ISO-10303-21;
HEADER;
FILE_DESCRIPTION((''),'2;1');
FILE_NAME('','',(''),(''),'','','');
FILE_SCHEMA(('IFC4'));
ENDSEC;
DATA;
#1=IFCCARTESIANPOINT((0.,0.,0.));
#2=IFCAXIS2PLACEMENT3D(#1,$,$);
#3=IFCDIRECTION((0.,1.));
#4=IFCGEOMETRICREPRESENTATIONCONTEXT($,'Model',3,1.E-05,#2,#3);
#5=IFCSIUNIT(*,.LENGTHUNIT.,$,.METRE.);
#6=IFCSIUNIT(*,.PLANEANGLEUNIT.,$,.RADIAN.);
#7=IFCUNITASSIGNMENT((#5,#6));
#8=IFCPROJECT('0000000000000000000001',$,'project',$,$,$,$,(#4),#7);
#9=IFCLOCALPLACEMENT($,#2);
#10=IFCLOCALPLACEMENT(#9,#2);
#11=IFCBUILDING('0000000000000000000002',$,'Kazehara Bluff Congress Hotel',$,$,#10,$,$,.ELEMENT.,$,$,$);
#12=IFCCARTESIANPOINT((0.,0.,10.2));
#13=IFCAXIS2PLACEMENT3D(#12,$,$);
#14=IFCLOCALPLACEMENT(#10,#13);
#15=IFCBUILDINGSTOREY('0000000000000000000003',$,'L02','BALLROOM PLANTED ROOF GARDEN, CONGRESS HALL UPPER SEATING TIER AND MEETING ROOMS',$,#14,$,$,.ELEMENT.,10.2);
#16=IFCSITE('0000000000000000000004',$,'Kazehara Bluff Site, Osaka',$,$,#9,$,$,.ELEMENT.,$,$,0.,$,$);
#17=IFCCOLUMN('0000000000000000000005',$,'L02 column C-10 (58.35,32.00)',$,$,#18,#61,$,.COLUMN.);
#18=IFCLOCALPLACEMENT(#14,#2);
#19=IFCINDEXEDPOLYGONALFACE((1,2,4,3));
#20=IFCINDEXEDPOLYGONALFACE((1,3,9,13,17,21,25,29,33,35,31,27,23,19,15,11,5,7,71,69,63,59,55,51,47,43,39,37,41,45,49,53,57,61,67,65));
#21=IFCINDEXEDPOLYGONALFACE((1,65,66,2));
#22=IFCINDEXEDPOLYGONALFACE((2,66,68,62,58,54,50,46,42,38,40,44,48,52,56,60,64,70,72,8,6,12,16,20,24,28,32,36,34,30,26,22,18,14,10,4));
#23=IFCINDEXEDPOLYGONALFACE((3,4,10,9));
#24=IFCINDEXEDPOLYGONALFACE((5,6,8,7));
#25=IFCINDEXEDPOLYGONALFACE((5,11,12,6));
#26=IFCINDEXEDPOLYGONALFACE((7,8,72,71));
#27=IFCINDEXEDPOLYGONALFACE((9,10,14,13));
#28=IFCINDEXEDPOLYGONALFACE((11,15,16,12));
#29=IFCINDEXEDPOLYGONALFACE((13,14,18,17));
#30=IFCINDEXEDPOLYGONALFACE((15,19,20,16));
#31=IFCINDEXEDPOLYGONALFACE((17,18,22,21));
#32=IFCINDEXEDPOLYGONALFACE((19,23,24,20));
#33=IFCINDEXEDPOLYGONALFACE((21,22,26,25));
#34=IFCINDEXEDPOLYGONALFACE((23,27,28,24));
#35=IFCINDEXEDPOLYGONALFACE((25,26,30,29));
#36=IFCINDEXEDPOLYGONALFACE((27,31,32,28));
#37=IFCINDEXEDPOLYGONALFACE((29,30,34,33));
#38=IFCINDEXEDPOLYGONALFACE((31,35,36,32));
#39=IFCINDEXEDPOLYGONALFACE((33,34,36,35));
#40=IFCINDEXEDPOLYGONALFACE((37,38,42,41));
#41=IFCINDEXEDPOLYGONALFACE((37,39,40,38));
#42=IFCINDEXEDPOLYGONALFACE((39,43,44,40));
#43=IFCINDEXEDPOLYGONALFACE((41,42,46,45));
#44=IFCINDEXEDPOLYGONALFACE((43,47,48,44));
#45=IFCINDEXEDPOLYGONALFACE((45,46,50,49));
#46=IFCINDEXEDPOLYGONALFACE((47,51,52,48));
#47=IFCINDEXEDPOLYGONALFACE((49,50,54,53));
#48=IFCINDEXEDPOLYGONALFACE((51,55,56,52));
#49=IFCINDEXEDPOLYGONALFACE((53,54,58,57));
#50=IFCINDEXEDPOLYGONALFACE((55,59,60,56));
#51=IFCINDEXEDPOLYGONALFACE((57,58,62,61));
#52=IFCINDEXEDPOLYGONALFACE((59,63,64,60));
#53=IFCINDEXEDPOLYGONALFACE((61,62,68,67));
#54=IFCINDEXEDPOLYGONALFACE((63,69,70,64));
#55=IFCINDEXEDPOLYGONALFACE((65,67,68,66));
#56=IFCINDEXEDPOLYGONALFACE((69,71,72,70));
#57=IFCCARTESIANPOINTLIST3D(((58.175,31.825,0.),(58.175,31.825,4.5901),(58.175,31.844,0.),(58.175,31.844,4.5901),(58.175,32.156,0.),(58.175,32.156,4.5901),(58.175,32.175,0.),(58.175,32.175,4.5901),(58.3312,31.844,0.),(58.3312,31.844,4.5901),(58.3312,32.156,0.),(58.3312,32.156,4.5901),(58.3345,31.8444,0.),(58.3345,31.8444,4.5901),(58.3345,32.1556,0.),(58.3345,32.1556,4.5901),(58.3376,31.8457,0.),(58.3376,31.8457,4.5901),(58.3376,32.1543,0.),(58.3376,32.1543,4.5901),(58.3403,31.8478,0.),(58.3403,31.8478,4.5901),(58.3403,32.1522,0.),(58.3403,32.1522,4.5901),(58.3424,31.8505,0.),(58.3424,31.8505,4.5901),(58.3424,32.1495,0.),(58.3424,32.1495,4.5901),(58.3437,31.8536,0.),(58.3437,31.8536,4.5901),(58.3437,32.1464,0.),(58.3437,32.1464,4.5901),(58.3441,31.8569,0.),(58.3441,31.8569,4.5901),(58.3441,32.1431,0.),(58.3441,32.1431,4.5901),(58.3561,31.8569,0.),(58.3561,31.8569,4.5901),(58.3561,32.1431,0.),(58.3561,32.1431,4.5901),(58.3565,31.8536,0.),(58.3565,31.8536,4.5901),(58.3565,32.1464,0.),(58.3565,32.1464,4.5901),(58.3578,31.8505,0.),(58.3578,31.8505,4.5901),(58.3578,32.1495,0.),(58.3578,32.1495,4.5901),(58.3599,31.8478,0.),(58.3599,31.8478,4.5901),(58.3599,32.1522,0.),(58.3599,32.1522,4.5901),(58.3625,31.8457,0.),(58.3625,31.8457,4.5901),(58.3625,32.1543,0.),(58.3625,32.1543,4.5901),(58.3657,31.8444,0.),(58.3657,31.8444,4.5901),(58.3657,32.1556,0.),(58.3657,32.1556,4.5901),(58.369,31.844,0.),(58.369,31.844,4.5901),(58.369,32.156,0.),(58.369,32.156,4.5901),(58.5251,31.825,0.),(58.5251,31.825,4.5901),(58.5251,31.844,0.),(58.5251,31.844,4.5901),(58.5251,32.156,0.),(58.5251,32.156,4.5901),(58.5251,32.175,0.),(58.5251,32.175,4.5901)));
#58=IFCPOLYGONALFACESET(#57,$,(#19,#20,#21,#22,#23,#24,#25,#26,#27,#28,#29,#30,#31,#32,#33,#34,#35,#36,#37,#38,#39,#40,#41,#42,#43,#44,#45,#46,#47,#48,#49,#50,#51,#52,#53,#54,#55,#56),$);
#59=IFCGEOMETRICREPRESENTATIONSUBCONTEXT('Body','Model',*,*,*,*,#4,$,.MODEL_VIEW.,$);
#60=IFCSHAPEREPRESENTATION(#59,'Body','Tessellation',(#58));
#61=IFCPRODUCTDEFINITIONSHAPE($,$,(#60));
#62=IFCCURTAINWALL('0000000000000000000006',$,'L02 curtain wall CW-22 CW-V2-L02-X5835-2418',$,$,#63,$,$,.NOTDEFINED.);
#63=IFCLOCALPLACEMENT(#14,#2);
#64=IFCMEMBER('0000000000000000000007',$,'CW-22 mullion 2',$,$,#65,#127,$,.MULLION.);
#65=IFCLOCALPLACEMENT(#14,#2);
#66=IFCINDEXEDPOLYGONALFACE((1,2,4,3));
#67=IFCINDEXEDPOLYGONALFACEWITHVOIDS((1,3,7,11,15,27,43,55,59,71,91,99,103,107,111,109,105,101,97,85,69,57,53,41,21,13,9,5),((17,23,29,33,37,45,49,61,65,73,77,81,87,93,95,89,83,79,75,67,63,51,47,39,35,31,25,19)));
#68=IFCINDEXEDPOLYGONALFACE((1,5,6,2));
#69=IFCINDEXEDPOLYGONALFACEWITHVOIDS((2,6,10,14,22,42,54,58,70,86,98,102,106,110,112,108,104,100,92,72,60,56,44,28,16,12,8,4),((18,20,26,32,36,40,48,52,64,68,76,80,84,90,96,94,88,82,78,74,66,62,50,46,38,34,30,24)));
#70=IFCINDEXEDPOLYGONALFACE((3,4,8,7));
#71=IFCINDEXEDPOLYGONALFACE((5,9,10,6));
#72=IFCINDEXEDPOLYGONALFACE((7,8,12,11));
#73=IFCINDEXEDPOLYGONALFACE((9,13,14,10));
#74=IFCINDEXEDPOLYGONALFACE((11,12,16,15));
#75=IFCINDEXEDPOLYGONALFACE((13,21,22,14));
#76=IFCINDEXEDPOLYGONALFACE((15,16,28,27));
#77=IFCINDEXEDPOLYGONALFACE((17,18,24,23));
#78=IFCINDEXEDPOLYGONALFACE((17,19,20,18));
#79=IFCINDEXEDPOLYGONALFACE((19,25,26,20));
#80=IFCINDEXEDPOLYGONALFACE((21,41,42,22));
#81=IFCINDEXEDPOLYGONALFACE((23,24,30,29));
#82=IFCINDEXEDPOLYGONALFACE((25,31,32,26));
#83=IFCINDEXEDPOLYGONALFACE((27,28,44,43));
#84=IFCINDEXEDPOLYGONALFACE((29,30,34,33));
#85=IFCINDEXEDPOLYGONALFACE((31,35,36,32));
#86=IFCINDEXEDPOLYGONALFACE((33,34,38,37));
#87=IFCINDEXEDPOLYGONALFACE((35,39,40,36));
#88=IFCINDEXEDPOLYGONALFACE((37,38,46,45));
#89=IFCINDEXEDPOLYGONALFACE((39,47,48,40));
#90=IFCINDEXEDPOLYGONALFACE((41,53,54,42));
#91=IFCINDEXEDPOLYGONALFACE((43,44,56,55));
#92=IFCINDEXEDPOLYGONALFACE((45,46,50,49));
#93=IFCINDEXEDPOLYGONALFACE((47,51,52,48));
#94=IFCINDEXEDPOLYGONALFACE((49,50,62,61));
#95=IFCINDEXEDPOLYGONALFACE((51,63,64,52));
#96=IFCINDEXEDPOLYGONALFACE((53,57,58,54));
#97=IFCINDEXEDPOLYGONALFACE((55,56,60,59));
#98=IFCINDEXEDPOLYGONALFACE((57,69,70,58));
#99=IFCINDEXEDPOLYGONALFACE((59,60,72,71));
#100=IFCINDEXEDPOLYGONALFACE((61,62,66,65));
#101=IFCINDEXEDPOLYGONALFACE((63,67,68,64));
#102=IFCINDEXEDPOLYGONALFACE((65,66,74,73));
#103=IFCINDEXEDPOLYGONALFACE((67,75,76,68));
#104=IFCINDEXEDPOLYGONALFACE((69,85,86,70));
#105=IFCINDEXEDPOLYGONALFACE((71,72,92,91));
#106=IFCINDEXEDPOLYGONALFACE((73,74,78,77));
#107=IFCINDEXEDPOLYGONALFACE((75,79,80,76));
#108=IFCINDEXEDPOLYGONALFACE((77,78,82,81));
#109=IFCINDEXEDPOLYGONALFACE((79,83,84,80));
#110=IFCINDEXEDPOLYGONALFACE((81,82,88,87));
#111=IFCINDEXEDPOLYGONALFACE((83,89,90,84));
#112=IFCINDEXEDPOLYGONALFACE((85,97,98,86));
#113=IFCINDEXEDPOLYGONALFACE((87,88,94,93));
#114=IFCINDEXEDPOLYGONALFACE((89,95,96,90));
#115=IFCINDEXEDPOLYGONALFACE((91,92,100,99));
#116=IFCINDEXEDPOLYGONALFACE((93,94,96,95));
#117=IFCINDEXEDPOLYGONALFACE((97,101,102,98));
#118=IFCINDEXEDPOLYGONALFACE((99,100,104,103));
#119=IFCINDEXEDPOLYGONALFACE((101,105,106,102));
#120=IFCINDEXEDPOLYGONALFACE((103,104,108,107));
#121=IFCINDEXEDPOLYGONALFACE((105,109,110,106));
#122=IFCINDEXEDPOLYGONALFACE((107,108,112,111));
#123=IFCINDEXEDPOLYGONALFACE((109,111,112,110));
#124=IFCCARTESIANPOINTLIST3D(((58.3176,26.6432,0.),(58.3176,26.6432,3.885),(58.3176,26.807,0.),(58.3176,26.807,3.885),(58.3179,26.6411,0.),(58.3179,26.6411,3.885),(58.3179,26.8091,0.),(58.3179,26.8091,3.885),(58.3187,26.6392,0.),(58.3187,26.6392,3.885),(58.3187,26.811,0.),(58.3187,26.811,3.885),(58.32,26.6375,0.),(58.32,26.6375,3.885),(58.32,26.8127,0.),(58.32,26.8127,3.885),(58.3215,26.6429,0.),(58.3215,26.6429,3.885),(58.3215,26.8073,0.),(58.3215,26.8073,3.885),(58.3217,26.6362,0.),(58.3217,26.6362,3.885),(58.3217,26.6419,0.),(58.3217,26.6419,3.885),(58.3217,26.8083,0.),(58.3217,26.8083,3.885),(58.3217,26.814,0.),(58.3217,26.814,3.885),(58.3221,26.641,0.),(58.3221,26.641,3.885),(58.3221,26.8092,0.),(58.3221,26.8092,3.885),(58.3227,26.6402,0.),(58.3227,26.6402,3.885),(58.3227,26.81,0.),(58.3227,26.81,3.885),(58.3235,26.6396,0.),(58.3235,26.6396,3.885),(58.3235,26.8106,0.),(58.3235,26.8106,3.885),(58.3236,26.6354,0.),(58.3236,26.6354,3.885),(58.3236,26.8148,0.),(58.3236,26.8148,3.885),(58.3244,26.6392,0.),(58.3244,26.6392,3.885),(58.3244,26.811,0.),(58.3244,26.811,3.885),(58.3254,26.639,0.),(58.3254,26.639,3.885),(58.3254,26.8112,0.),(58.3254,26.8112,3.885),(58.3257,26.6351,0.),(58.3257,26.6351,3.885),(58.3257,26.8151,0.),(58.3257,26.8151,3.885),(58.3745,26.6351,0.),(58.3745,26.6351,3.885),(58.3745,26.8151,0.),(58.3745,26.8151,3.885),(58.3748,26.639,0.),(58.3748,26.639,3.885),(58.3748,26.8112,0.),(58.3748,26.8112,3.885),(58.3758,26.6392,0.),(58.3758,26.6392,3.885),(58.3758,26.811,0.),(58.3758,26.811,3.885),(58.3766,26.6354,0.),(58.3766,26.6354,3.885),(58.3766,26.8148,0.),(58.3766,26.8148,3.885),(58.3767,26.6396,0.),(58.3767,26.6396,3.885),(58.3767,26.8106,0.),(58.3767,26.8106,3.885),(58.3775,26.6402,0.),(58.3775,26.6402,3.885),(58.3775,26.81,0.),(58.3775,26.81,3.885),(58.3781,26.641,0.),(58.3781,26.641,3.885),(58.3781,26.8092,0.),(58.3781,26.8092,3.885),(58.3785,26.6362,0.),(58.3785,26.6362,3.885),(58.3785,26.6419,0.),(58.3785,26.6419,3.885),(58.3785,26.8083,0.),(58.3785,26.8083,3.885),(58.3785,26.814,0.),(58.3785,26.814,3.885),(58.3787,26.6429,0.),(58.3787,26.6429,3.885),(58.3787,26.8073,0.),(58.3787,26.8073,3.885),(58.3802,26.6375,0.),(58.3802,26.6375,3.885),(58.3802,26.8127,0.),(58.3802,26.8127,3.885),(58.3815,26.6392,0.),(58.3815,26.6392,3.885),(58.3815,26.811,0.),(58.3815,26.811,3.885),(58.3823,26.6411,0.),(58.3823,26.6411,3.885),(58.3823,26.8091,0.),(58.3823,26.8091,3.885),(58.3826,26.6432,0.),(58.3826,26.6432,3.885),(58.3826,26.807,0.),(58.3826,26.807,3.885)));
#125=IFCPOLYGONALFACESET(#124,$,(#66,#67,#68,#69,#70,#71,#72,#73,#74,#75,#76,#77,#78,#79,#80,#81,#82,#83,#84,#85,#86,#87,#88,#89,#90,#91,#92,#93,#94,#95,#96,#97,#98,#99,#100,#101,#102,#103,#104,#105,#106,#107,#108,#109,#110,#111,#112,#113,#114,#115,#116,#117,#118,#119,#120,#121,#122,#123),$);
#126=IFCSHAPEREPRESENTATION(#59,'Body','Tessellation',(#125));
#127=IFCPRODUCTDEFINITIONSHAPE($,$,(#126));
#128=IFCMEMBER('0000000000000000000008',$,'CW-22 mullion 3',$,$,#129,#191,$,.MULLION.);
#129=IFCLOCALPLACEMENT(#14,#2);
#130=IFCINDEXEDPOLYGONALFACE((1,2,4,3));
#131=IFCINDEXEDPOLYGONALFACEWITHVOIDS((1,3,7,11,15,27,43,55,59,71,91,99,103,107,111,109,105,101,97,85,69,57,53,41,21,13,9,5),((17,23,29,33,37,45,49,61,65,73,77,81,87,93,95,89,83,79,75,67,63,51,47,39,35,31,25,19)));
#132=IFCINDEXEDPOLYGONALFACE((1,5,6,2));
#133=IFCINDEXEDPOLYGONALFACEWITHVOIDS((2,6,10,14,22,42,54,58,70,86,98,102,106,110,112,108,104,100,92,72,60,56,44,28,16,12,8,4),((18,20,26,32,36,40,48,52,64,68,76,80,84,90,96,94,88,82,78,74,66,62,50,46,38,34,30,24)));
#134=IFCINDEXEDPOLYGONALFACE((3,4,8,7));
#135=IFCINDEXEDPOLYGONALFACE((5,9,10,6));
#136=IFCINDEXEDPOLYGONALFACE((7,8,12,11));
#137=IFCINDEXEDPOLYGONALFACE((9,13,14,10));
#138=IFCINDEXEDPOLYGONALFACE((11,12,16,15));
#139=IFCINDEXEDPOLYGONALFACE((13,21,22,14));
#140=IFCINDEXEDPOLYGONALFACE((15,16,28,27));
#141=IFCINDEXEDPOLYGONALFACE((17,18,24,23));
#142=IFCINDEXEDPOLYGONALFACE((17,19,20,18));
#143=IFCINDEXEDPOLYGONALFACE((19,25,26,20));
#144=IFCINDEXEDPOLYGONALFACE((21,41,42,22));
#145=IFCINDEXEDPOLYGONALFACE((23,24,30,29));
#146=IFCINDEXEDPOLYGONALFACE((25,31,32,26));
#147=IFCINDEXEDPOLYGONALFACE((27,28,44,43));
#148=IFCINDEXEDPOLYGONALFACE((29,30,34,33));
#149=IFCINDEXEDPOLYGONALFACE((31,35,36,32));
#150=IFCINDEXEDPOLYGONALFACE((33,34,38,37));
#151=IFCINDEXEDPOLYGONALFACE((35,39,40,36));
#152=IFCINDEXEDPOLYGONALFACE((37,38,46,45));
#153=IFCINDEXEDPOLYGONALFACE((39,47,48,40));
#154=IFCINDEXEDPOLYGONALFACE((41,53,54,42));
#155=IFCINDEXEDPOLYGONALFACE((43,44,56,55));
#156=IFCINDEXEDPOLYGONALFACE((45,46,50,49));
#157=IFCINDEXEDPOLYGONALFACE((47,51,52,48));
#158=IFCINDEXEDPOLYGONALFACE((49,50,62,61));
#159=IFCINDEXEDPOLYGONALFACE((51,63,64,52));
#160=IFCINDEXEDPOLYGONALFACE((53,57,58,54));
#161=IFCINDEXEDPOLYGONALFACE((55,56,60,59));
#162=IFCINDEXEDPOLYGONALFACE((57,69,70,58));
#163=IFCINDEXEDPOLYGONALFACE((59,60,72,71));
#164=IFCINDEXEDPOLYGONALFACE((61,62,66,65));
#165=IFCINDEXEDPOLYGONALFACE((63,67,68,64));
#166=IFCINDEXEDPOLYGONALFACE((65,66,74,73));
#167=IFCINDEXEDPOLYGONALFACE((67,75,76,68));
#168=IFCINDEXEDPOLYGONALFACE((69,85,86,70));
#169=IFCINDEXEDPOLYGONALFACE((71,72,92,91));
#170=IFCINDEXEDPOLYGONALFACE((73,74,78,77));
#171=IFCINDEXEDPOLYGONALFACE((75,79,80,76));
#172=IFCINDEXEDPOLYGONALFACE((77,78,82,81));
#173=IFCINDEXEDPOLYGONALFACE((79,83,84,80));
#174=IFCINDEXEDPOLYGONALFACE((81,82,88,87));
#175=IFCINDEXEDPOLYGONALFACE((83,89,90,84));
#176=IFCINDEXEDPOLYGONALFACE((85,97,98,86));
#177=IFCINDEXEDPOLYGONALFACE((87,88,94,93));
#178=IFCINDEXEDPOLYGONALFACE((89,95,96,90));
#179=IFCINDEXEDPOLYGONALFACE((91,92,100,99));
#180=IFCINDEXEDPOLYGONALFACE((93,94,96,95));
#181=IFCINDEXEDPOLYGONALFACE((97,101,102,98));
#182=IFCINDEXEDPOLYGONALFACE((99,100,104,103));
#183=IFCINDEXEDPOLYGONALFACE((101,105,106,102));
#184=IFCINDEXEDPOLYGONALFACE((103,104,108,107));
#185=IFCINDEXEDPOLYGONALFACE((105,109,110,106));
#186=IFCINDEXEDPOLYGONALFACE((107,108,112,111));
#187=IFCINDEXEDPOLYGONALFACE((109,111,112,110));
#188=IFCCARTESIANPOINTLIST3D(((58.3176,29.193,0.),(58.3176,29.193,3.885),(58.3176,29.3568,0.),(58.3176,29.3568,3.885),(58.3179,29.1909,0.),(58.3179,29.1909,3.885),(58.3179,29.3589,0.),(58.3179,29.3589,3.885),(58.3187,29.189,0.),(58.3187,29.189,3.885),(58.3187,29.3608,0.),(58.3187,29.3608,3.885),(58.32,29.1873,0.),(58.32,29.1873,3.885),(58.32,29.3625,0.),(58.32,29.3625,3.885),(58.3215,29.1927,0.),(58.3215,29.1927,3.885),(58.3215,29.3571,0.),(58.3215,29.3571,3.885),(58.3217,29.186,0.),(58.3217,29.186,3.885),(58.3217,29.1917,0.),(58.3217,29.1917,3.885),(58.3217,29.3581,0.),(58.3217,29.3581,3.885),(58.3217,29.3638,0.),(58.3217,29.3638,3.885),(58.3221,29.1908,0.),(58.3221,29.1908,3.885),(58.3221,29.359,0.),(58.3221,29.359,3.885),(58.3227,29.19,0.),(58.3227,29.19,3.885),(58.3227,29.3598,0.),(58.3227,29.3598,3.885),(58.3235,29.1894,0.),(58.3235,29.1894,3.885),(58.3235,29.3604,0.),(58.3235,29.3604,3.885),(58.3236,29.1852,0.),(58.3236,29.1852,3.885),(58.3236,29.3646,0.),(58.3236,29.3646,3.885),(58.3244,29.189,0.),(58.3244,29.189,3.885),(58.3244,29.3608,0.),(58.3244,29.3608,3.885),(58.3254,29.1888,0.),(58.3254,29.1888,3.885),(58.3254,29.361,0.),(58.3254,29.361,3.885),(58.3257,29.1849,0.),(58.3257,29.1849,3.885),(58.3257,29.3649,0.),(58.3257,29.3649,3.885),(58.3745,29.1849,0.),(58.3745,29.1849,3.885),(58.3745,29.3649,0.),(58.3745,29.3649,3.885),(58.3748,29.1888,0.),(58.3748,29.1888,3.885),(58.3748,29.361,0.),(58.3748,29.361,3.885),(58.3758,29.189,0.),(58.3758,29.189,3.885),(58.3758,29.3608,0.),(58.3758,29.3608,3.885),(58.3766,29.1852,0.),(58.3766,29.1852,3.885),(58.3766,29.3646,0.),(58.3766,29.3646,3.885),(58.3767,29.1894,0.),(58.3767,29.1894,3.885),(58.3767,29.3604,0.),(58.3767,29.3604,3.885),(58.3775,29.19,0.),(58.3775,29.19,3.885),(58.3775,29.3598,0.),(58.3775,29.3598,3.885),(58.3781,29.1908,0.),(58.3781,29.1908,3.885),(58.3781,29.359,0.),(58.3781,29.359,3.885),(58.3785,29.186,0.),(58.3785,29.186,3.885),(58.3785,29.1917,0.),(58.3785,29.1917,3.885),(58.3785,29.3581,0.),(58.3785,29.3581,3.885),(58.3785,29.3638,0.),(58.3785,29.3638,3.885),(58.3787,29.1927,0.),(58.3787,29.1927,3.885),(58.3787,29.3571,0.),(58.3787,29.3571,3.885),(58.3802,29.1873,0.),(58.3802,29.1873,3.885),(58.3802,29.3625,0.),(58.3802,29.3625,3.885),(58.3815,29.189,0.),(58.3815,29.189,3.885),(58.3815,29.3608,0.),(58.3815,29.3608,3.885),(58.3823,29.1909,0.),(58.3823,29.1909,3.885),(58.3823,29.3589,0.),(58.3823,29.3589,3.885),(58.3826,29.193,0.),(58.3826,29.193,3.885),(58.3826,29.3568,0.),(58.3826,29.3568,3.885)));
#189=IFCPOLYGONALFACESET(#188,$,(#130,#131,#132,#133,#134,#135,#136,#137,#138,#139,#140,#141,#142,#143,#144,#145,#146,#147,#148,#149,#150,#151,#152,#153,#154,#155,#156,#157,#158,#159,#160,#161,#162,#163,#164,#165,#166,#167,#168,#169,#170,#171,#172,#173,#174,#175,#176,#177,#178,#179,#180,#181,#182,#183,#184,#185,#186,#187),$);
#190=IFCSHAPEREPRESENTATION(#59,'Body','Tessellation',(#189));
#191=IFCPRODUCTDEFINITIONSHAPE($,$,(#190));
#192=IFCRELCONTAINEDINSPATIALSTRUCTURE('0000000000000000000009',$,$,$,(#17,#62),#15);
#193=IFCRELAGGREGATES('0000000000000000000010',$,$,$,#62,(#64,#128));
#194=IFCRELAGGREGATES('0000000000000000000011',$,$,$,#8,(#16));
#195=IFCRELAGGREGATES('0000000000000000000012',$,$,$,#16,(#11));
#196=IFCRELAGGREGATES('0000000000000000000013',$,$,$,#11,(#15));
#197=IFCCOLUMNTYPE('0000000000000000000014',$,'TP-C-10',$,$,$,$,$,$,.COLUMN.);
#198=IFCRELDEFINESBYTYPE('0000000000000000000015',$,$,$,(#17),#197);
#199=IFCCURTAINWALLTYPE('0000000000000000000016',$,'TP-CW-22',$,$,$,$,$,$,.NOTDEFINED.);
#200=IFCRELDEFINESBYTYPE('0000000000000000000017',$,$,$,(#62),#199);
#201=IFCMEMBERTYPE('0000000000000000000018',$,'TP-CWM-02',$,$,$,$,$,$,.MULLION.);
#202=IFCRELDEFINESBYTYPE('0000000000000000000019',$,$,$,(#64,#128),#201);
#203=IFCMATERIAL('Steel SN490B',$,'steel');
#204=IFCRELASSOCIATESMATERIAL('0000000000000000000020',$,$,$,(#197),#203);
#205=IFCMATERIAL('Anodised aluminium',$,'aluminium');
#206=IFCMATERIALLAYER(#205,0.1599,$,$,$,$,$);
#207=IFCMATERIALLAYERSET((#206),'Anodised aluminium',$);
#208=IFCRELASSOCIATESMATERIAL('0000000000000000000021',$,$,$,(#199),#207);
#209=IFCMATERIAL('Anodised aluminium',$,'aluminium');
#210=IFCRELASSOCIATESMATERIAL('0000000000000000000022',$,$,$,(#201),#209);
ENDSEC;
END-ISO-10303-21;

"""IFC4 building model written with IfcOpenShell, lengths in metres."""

from ifc_helpers import new_model, si_unit, direction, frame, origin, origin_2d, place, context, subcontext, project, spatial, hollow_rectangle, i_section, extrude, material, layer, layer_set, material_profile, profile_set, type_object, element, aggregate, save


model = new_model("IFC4")

# Units and contexts
model_context = context("Model", 3, precision=1e-05, world=origin(), true_north=direction((0.0, 1.0)))
body_context = subcontext(model_context, "Body", "Model", "MODEL_VIEW")
ifc_project = project(units=[si_unit("LENGTHUNIT", "METRE"), si_unit("PLANEANGLEUNIT", "RADIAN")], contexts=[model_context])

# Site, building, storey
site_placement = place(None, origin())
site = spatial("IfcSite", under=ifc_project, at=site_placement, Name="Kazehara Bluff Site, Osaka", CompositionType="ELEMENT", RefElevation=0.0)
building_placement = place(site_placement, origin())
building = spatial("IfcBuilding", under=site, at=building_placement, Name="Kazehara Bluff Congress Hotel", CompositionType="ELEMENT")
storey_placement = place(building_placement, frame((0.0, 0.0, 10.2)))
storey = spatial("IfcBuildingStorey", under=building, at=storey_placement, Name="L02", Description="BALLROOM PLANTED ROOF GARDEN, CONGRESS HALL UPPER SEATING TIER AND MEETING ROOMS", CompositionType="ELEMENT", Elevation=10.2)

# Column
ifc_material_1 = material(Name="Steel SN490B", Category="steel")
ifc_material_profile_1 = material_profile(ifc_material_1, i_section(OverallWidth=0.3501, OverallDepth=0.3501, WebThickness=0.012, FlangeThickness=0.019, FilletRadius=0.0129, at=origin_2d()))
ifc_profile_set_1 = profile_set([ifc_material_profile_1], Name="Steel SN490B")
column_type = type_object("IfcColumnType", Name="TP-C-10", PredefinedType="COLUMN", material=ifc_profile_set_1)
column_placement = place(storey_placement, frame((58.3501, 32.0, 0.0), z_axis=(0.0, 0.0, 1.0), x_axis=(1.0, 0.0, 0.0)))
element("IfcColumn", 1, at=column_placement, inside=storey, type_object=column_type, Name="L02 column C-10 (58.35,32.00)", PredefinedType="COLUMN", context=body_context, shape_type="SweptSolid", body=[
    extrude(i_section(OverallWidth=0.3501, OverallDepth=0.3501, WebThickness=0.012, FlangeThickness=0.019, FilletRadius=0.0129, at=origin_2d()), origin(), (0.0, 0.0, 1.0), 4.5901),
])

# Curtain wall, members
ifc_material_2 = material(Name="Anodised aluminium", Category="aluminium")
ifc_layer_1 = layer(ifc_material_2, 0.1599)
ifc_layer_set_1 = layer_set([ifc_layer_1], Name="Anodised aluminium")
curtain_wall_type_1 = type_object("IfcCurtainWallType", Name="TP-CW-22", PredefinedType="NOTDEFINED", material=ifc_layer_set_1)
curtain_wall_1_placement = place(storey_placement, origin())
curtain_wall_1 = element("IfcCurtainWall", 2, at=curtain_wall_1_placement, inside=storey, type_object=curtain_wall_type_1, Name="L02 curtain wall CW-22 CW-V2-L02-X5835-2418", PredefinedType="NOTDEFINED")
ifc_material_3 = material(Name="Anodised aluminium", Category="aluminium")
ifc_material_profile_2 = material_profile(ifc_material_3, hollow_rectangle(XDim=0.0649, YDim=0.1799, WallThickness=0.0039, InnerFilletRadius=0.0039, OuterFilletRadius=0.0081, at=origin_2d()))
ifc_profile_set_2 = profile_set([ifc_material_profile_2], Name="Anodised aluminium")
member_type_1 = type_object("IfcMemberType", Name="TP-CWM-02", PredefinedType="MULLION", material=ifc_profile_set_2)
member_1_placement = place(storey_placement, frame((58.3501, 26.7251, 0.0), z_axis=(0.0, 0.0, 1.0), x_axis=(-1.0, 0.0, 0.0)))
member_1 = element("IfcMember", 3, at=member_1_placement, type_object=member_type_1, Name="CW-22 mullion 2", PredefinedType="MULLION", context=body_context, shape_type="SweptSolid", body=[
    extrude(hollow_rectangle(XDim=0.0649, YDim=0.1799, WallThickness=0.0039, InnerFilletRadius=0.0039, OuterFilletRadius=0.0081, at=origin_2d()), origin(), (0.0, 0.0, 1.0), 3.885),
])
member_2_placement = place(storey_placement, frame((58.3501, 29.2749, 0.0), z_axis=(0.0, 0.0, 1.0), x_axis=(-1.0, 0.0, 0.0)))
member_2 = element("IfcMember", 4, at=member_2_placement, type_object=member_type_1, Name="CW-22 mullion 3", PredefinedType="MULLION", context=body_context, shape_type="SweptSolid", body=[
    extrude(hollow_rectangle(XDim=0.0649, YDim=0.1799, WallThickness=0.0039, InnerFilletRadius=0.0039, OuterFilletRadius=0.0081, at=origin_2d()), origin(), (0.0, 0.0, 1.0), 3.885),
])

aggregate(curtain_wall_1, [member_1, member_2])

save(model, "model.ifc")
